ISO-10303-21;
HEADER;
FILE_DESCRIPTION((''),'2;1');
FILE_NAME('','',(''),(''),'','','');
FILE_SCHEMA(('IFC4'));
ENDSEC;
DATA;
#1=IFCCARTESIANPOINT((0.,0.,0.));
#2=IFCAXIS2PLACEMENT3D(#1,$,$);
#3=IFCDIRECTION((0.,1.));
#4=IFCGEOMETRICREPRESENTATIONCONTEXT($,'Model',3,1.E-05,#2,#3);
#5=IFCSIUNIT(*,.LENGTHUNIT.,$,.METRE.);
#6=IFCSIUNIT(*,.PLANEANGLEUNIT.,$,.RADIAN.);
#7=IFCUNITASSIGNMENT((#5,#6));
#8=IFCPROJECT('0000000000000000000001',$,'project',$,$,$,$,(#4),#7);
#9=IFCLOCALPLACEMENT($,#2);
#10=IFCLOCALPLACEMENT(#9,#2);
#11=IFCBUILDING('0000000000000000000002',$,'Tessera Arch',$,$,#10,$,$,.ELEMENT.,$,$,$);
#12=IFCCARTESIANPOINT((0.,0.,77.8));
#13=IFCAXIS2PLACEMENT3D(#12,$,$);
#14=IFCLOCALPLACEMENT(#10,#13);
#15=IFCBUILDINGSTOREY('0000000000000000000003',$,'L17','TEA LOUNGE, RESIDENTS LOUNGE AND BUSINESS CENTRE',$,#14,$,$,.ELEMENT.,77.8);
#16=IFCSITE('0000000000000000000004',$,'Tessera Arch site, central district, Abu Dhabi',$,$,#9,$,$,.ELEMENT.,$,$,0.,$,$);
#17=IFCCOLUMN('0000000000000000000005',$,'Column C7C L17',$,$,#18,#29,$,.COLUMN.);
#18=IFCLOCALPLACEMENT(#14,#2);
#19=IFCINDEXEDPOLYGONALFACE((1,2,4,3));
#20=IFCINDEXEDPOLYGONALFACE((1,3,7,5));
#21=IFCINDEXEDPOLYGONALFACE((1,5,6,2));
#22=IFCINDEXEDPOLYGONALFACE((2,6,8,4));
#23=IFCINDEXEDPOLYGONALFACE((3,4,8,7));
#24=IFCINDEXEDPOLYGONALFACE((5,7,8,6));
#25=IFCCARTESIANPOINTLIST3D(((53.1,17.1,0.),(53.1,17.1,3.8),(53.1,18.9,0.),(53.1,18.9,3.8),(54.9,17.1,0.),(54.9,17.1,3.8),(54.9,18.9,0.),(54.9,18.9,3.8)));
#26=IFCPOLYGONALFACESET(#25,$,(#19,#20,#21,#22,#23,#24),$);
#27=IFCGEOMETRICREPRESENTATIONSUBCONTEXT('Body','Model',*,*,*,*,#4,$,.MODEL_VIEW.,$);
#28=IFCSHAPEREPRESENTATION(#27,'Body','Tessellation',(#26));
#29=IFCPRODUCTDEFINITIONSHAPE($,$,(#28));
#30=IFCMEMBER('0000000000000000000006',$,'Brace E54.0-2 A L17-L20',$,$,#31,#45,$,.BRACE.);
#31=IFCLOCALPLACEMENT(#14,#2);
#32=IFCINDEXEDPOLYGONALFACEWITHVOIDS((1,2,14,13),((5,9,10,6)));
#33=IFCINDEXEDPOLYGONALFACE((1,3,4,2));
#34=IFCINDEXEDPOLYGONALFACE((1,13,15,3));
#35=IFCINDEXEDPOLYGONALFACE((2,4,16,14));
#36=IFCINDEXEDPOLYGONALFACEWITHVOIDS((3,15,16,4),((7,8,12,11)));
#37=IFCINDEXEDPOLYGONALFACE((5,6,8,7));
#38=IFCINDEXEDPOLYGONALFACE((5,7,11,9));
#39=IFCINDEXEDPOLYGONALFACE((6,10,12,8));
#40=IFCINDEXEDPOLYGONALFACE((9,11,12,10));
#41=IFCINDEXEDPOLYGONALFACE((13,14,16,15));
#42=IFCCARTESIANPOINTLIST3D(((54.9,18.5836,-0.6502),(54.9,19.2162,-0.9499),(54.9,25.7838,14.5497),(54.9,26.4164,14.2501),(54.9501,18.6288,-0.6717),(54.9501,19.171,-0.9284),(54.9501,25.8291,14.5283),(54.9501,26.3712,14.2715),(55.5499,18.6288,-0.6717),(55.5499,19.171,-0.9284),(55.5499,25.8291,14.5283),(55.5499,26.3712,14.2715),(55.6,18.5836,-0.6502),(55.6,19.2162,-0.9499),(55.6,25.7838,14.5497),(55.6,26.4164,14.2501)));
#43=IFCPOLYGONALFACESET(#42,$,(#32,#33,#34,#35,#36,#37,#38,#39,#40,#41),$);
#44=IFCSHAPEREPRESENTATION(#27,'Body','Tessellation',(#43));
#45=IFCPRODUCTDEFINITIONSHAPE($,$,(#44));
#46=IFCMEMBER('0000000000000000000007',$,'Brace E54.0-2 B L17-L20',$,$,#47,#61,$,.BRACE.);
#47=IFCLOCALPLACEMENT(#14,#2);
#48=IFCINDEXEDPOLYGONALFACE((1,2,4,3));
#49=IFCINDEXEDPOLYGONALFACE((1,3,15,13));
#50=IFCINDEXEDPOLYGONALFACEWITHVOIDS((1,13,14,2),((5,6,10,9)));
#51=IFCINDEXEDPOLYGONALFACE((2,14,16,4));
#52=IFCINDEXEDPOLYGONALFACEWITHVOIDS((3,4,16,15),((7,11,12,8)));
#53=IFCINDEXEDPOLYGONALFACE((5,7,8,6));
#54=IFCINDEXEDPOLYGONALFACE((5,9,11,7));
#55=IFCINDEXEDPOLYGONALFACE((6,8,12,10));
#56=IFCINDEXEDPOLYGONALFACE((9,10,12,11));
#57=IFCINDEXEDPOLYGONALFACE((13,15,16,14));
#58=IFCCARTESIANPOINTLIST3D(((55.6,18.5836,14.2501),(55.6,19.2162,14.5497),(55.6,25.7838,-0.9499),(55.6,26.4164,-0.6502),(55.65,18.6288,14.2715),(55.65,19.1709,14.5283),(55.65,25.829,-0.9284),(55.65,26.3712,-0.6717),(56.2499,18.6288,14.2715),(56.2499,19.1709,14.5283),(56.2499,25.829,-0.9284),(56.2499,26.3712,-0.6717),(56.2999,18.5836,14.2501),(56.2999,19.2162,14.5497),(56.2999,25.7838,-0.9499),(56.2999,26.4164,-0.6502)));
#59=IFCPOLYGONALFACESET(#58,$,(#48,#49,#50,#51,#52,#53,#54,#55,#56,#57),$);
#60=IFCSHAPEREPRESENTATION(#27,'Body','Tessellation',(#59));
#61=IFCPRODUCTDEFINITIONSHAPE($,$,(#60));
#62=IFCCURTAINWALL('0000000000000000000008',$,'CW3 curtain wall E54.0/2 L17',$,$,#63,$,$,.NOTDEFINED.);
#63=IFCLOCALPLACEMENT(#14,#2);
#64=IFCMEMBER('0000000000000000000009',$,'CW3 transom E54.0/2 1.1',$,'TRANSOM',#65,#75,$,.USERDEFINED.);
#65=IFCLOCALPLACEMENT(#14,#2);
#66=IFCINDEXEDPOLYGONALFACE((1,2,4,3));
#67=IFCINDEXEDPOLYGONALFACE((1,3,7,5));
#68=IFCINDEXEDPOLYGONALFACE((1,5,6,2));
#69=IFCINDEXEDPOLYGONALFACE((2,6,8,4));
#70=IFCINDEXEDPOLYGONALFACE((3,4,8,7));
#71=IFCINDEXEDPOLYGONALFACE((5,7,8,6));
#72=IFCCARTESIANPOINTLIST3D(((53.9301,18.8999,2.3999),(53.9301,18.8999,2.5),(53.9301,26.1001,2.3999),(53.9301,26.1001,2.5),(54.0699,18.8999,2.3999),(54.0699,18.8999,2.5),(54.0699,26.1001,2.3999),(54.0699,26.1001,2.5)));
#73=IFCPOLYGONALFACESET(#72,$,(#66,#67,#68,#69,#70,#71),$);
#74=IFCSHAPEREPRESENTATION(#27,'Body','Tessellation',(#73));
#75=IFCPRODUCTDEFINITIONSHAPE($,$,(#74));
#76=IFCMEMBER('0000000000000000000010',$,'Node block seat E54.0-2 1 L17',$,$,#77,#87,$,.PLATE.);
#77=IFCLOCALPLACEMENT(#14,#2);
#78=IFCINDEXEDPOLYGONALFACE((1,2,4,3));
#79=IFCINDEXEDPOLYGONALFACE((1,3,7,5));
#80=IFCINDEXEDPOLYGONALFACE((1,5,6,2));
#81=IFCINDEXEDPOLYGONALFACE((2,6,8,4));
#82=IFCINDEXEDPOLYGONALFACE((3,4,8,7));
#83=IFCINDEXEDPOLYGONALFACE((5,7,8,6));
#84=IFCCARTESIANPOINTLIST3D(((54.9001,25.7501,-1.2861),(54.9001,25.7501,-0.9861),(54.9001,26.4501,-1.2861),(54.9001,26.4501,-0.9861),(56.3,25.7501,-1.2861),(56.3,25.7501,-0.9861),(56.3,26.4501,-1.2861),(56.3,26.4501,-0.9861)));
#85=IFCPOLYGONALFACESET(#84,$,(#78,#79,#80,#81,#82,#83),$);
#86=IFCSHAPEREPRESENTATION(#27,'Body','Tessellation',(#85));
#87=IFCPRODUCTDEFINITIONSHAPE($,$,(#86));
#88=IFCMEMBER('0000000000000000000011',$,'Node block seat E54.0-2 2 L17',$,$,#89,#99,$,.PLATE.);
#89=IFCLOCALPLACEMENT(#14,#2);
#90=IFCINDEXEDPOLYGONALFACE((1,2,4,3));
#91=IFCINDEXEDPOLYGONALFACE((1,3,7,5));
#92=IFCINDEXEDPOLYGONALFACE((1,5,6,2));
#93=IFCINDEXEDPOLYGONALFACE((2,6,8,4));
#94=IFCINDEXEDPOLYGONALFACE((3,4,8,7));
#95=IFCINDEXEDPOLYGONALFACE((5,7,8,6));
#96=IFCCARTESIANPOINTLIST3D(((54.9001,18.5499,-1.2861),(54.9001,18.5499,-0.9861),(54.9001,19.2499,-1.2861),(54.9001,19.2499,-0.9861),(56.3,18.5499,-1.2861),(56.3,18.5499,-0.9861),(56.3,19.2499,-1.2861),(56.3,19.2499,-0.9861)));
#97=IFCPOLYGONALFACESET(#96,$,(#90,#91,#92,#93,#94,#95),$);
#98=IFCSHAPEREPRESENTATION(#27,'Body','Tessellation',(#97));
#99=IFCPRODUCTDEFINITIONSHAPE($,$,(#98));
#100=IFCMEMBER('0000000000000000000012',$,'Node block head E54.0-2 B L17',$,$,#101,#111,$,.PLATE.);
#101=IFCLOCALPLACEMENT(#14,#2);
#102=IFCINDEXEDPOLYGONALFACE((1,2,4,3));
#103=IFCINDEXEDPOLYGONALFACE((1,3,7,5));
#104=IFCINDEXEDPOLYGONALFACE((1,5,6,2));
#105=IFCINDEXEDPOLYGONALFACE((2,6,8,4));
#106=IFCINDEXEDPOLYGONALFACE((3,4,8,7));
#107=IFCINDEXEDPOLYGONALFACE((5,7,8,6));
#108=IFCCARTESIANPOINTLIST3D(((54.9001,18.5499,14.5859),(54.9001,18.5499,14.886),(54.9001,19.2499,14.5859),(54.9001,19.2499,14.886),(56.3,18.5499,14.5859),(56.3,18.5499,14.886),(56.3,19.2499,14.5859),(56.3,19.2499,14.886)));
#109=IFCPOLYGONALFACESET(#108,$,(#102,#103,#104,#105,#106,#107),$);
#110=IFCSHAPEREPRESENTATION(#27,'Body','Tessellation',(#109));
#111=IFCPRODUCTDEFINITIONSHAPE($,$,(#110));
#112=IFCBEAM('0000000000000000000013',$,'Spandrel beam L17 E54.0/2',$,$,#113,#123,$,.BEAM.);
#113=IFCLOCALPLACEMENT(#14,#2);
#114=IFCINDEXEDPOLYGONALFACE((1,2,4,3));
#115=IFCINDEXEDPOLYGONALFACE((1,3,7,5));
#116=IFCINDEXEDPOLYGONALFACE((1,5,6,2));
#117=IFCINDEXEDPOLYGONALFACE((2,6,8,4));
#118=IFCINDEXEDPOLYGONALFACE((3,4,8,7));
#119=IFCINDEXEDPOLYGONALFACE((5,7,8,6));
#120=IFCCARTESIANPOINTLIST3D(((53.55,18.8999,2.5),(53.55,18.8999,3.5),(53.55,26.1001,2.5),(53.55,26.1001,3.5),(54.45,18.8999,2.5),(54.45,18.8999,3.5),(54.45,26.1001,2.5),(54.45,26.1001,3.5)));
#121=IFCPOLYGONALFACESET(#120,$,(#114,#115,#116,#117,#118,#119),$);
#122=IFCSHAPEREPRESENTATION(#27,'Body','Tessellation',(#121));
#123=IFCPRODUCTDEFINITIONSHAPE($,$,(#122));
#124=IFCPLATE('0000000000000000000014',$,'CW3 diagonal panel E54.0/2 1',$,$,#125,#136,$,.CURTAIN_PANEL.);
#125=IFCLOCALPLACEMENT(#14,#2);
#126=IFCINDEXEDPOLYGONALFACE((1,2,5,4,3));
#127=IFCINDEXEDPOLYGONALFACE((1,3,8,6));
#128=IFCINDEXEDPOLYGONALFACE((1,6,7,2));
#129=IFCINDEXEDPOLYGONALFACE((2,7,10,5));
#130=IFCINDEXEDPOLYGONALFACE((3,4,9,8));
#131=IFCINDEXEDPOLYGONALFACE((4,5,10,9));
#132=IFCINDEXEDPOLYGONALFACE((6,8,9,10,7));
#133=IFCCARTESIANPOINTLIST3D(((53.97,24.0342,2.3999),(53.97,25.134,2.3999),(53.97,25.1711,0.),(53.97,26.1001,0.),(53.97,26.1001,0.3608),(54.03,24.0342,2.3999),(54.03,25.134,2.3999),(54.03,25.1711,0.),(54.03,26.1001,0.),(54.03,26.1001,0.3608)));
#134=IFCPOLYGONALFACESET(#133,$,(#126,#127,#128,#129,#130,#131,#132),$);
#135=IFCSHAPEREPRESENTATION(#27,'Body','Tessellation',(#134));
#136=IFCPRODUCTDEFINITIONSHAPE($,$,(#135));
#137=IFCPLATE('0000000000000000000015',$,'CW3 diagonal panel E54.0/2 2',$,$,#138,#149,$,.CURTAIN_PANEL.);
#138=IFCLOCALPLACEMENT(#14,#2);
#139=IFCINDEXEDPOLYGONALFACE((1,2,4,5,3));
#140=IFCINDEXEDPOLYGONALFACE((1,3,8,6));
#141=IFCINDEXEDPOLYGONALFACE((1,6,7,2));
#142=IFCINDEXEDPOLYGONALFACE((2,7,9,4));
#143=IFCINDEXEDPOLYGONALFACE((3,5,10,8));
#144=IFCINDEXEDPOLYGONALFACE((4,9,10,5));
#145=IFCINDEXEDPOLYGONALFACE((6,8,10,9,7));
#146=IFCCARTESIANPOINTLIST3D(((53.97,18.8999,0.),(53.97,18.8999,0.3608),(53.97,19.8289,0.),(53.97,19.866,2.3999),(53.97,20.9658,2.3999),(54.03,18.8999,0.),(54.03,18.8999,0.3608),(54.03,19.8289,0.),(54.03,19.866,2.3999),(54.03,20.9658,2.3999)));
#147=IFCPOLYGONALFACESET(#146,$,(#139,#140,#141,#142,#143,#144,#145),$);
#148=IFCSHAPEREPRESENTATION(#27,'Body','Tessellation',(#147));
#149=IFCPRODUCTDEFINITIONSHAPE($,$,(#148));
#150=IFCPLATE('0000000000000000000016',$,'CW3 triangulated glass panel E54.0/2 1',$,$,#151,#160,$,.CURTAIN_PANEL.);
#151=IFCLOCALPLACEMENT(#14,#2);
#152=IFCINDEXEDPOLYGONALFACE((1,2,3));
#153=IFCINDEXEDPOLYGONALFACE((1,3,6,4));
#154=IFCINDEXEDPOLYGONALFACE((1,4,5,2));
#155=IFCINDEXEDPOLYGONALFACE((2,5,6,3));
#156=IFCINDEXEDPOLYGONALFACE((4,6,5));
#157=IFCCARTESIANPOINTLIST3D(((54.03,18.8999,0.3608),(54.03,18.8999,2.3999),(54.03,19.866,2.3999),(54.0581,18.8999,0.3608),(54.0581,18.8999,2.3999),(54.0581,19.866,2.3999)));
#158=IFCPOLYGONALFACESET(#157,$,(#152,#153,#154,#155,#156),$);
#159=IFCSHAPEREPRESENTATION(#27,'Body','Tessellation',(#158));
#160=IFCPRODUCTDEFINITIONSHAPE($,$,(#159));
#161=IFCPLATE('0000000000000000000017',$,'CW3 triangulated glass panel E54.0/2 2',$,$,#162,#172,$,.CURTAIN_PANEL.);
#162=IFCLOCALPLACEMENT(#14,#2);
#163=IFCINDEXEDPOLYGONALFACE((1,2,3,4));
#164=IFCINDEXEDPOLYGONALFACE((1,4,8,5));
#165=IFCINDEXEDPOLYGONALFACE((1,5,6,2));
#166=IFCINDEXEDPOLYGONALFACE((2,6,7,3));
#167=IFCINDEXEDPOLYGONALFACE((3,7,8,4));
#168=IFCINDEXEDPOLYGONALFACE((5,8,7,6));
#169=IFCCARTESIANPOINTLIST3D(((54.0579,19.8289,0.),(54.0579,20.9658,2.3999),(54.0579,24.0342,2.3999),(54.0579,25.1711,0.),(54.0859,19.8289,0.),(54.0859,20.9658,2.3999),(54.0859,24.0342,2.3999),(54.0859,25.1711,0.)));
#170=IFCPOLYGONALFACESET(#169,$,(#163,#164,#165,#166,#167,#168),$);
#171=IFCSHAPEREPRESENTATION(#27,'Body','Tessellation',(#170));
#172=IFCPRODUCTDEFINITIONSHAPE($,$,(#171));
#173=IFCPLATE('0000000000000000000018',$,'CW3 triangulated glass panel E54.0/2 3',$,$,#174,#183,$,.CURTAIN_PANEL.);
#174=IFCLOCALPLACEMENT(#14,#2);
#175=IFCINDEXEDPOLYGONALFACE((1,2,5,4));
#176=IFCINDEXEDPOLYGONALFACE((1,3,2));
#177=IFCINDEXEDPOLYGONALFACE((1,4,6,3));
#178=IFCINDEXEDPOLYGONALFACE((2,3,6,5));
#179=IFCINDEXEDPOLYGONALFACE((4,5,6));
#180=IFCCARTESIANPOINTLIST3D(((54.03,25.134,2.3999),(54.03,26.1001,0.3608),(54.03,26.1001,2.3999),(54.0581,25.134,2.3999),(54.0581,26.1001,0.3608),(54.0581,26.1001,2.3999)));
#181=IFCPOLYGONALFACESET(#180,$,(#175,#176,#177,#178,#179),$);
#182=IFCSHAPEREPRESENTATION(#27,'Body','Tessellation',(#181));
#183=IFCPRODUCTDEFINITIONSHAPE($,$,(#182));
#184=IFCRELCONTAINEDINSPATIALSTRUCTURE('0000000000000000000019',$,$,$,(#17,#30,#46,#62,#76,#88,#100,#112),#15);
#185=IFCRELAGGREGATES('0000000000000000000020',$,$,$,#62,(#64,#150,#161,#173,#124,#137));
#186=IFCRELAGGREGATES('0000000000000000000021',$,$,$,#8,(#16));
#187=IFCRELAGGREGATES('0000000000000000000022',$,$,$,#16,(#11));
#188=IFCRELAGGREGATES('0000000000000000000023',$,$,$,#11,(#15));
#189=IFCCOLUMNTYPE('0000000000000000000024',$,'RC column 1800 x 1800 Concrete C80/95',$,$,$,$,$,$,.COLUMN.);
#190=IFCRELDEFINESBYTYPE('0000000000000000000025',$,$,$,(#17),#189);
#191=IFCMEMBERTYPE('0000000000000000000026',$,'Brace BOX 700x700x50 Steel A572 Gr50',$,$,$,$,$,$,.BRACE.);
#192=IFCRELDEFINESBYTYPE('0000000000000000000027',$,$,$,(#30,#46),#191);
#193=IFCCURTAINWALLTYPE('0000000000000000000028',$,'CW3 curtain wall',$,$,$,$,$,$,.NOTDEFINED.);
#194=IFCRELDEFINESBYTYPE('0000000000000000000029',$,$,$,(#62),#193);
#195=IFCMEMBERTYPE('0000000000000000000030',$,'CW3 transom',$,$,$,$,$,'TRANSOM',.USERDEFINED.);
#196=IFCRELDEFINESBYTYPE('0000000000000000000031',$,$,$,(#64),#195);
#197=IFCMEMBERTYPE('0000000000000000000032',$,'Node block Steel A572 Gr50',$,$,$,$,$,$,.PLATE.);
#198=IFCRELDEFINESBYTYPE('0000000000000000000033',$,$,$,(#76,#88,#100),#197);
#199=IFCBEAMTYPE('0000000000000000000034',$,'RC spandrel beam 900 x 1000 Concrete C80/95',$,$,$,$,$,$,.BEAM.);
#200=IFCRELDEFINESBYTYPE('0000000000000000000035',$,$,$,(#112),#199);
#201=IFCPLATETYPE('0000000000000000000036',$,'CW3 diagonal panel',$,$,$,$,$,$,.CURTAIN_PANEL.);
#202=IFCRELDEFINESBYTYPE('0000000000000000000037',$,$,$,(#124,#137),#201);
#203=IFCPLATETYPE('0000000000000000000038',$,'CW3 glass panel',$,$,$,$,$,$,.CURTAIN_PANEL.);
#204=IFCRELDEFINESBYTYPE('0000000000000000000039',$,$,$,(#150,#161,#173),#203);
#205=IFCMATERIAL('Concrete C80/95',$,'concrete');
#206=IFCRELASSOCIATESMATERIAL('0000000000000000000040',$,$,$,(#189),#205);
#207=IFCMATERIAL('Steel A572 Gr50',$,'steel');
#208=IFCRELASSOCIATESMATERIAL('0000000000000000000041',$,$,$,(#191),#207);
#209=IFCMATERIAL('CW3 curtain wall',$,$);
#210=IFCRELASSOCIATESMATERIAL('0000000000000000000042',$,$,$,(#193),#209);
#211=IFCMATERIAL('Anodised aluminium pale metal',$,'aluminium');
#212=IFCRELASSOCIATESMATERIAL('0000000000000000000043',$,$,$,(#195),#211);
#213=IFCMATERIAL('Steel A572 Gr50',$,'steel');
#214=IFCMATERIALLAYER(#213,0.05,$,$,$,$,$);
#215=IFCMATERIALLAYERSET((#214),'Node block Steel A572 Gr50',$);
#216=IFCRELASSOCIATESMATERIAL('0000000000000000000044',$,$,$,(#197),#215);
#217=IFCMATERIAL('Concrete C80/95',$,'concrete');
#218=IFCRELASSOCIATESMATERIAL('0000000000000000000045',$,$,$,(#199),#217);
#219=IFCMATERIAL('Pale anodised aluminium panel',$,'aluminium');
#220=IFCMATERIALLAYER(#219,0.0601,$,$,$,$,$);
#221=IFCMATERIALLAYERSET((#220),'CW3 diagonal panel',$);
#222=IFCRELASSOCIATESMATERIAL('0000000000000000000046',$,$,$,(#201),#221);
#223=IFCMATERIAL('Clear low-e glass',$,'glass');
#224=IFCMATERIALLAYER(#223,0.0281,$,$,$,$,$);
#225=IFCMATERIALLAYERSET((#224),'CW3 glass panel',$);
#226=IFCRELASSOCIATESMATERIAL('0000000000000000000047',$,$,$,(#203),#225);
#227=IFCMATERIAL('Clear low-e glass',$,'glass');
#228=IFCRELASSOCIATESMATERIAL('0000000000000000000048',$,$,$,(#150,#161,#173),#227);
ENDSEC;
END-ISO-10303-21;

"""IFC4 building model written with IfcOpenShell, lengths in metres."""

from ifc_helpers import new_model, si_unit, direction, frame, origin, origin_2d, place, context, subcontext, project, spatial, polyline, rectangle, hollow_rectangle, outline, extrude, material, layer, layer_set, material_profile, profile_set, type_object, element, aggregate, save


model = new_model("IFC4")

# Units and contexts
model_context = context("Model", 3, precision=1e-05, world=origin(), true_north=direction((0.0, 1.0)))
body_context = subcontext(model_context, "Body", "Model", "MODEL_VIEW")
ifc_project = project(units=[si_unit("LENGTHUNIT", "METRE"), si_unit("PLANEANGLEUNIT", "RADIAN")], contexts=[model_context])

# Site, building, storey
site_placement = place(None, origin())
site = spatial("IfcSite", under=ifc_project, at=site_placement, Name="Tessera Arch site, central district, Abu Dhabi", CompositionType="ELEMENT", RefElevation=0.0)
building_placement = place(site_placement, origin())
building = spatial("IfcBuilding", under=site, at=building_placement, Name="Tessera Arch", CompositionType="ELEMENT")
storey_placement = place(building_placement, frame((0.0, 0.0, 77.8)))
storey = spatial("IfcBuildingStorey", under=building, at=storey_placement, Name="L17", Description="TEA LOUNGE, RESIDENTS LOUNGE AND BUSINESS CENTRE", CompositionType="ELEMENT", Elevation=77.8)

# Column
ifc_material_1 = material(Name="Concrete C80/95", Category="concrete")
ifc_material_profile_1 = material_profile(ifc_material_1, rectangle(XDim=1.8, YDim=1.8, at=origin_2d()), Name="RC column 1800 x 1800 Concrete C80/95")
ifc_profile_set_1 = profile_set([ifc_material_profile_1], Name="Concrete C80/95")
column_type = type_object("IfcColumnType", Name="RC column 1800 x 1800 Concrete C80/95", PredefinedType="COLUMN", material=ifc_profile_set_1)
column_placement = place(storey_placement, frame((54.0, 18.0, 0.0), z_axis=(0.0, 0.0, 1.0), x_axis=(1.0, 0.0, 0.0)))
element("IfcColumn", 1, at=column_placement, inside=storey, type_object=column_type, Name="Column C7C L17", PredefinedType="COLUMN", context=body_context, shape_type="SweptSolid", body=[
    extrude(rectangle(XDim=1.8, YDim=1.8, at=origin_2d()), origin(), (0.0, 0.0, 1.0), 3.8),
])

# Members
ifc_material_2 = material(Name="Steel A572 Gr50", Category="steel")
ifc_material_profile_2 = material_profile(ifc_material_2, hollow_rectangle(XDim=0.7, YDim=0.7, WallThickness=0.05, at=origin_2d()), Name="BOX 700x700x50")
ifc_profile_set_2 = profile_set([ifc_material_profile_2], Name="Steel A572 Gr50")
member_type_1 = type_object("IfcMemberType", Name="Brace BOX 700x700x50 Steel A572 Gr50", PredefinedType="BRACE", material=ifc_profile_set_2)
for number, where, z_axis, x_axis, name in (
    (2, (55.25, 18.8999, -0.8), (0.0, 0.428097, 0.903733), (-1.0, 0.0, 0.0), "Brace E54.0-2 A L17-L20"),
    (3, (55.95, 26.1001, -0.8), (0.0, -0.428097, 0.903733), (1.0, 0.0, 0.0), "Brace E54.0-2 B L17-L20"),
):
    element("IfcMember", number, at=place(storey_placement, frame(where, z_axis=z_axis, x_axis=x_axis)), inside=storey, type_object=member_type_1, Name=name, PredefinedType="BRACE", context=body_context, shape_type="SweptSolid", body=[
        extrude(hollow_rectangle(XDim=0.7, YDim=0.7, WallThickness=0.05, at=origin_2d()), origin(), (0.0, 0.0, 1.0), 16.8191),
    ])

# Curtain wall, member
ifc_material_3 = material(Name="CW3 curtain wall")
curtain_wall_type = type_object("IfcCurtainWallType", Name="CW3 curtain wall", PredefinedType="NOTDEFINED", material=ifc_material_3)
curtain_wall_placement = place(storey_placement, origin())
curtain_wall = element("IfcCurtainWall", 4, at=curtain_wall_placement, inside=storey, type_object=curtain_wall_type, Name="CW3 curtain wall E54.0/2 L17", PredefinedType="NOTDEFINED")
ifc_material_4 = material(Name="Anodised aluminium pale metal", Category="aluminium")
ifc_material_profile_3 = material_profile(ifc_material_4, rectangle(XDim=0.1399, YDim=0.1001, at=origin_2d()), Name="AL 140x100")
ifc_profile_set_3 = profile_set([ifc_material_profile_3], Name="Anodised aluminium pale metal")
member_type_2 = type_object("IfcMemberType", Name="CW3 transom", ElementType="TRANSOM", PredefinedType="USERDEFINED", material=ifc_profile_set_3)
member_placement = place(storey_placement, frame((54.0, 18.8999, 2.45), z_axis=(0.0, 1.0, 0.0), x_axis=(-1.0, 0.0, 0.0)))
member = element("IfcMember", 5, at=member_placement, type_object=member_type_2, Name="CW3 transom E54.0/2 1.1", ObjectType="TRANSOM", PredefinedType="USERDEFINED", context=body_context, shape_type="SweptSolid", body=[
    extrude(rectangle(XDim=0.1399, YDim=0.1001, at=origin_2d()), origin(), (0.0, 0.0, 1.0), 7.2002),
])

# Members
ifc_material_5 = material(Name="Steel A572 Gr50", Category="steel")
ifc_layer_1 = layer(ifc_material_5, 0.05)
ifc_layer_set_1 = layer_set([ifc_layer_1], Name="Node block Steel A572 Gr50")
member_type_3 = type_object("IfcMemberType", Name="Node block Steel A572 Gr50", PredefinedType="PLATE", material=ifc_layer_set_1)
for number, where, z_axis, x_axis, name in (
    (6, (55.6001, 26.1001, -1.2861), (0.0, 0.0, 1.0), (0.0, 1.0, 0.0), "Node block seat E54.0-2 1 L17"),
    (7, (55.6001, 18.8999, -1.2861), (0.0, 0.0, 1.0), (0.0, 1.0, 0.0), "Node block seat E54.0-2 2 L17"),
    (8, (55.6001, 18.8999, 14.5859), (0.0, 0.0, 1.0), (0.0, 1.0, 0.0), "Node block head E54.0-2 B L17"),
):
    element("IfcMember", number, at=place(storey_placement, frame(where, z_axis=z_axis, x_axis=x_axis)), inside=storey, type_object=member_type_3, Name=name, PredefinedType="PLATE", context=body_context, shape_type="SweptSolid", body=[
        extrude(rectangle(XDim=0.7, YDim=1.3999, at=origin_2d()), origin(), (0.0, 0.0, 1.0), 0.3),
    ])

# Beam
ifc_material_6 = material(Name="Concrete C80/95", Category="concrete")
ifc_material_profile_4 = material_profile(ifc_material_6, rectangle(XDim=0.8999, YDim=1.0, at=origin_2d()), Name="RC spandrel beam 900 x 1000 Concrete C80/95")
ifc_profile_set_4 = profile_set([ifc_material_profile_4], Name="Concrete C80/95")
beam_type = type_object("IfcBeamType", Name="RC spandrel beam 900 x 1000 Concrete C80/95", PredefinedType="BEAM", material=ifc_profile_set_4)
beam_placement = place(storey_placement, frame((54.0, 18.8999, 3.0), z_axis=(0.0, 1.0, 0.0), x_axis=(-1.0, 0.0, 0.0)))
element("IfcBeam", 9, at=beam_placement, inside=storey, type_object=beam_type, Name="Spandrel beam L17 E54.0/2", PredefinedType="BEAM", context=body_context, shape_type="SweptSolid", body=[
    extrude(rectangle(XDim=0.8999, YDim=1.0, at=origin_2d()), origin(), (0.0, 0.0, 1.0), 7.2002),
])

# Plates
ifc_material_7 = material(Name="Pale anodised aluminium panel", Category="aluminium")
ifc_layer_2 = layer(ifc_material_7, 0.0601)
ifc_layer_set_2 = layer_set([ifc_layer_2], Name="CW3 diagonal panel")
plate_type_1 = type_object("IfcPlateType", Name="CW3 diagonal panel", PredefinedType="CURTAIN_PANEL", material=ifc_layer_set_2)
plate_1_placement = place(storey_placement, frame((54.03, 26.1001, 0.0), z_axis=(1.0, 0.0, 0.0), x_axis=(0.0, 0.0, 1.0)))
plate_1 = element("IfcPlate", 10, at=plate_1_placement, type_object=plate_type_1, Name="CW3 diagonal panel E54.0/2 1", PredefinedType="CURTAIN_PANEL", context=body_context, shape_type="SweptSolid", body=[
    extrude(outline(polyline([(0.0, 0.0), (0.3608, 0.0), (2.3999, 0.9661), (2.3999, 2.0659), (0.0, 0.929), (0.0, 0.0)])), origin(), (0.0, 0.0, -1.0), 0.0601),
])
plate_2_placement = place(storey_placement, frame((54.03, 20.9658, 2.3999), z_axis=(1.0, 0.0, 0.0), x_axis=(0.0, -1.0, 0.0)))
plate_2 = element("IfcPlate", 11, at=plate_2_placement, type_object=plate_type_1, Name="CW3 diagonal panel E54.0/2 2", PredefinedType="CURTAIN_PANEL", context=body_context, shape_type="SweptSolid", body=[
    extrude(outline(polyline([(0.0, 0.0), (1.0999, 0.0), (2.0659, 2.0391), (2.0659, 2.3999), (1.137, 2.3999), (0.0, 0.0)])), origin(), (0.0, 0.0, -1.0), 0.0601),
])
ifc_material_8 = material(Name="Clear low-e glass", Category="glass")
ifc_material_9 = material(Name="Clear low-e glass", Category="glass")
ifc_layer_3 = layer(ifc_material_9, 0.0281)
ifc_layer_set_3 = layer_set([ifc_layer_3], Name="CW3 glass panel")
plate_type_2 = type_object("IfcPlateType", Name="CW3 glass panel", PredefinedType="CURTAIN_PANEL", material=ifc_layer_set_3)
plate_3_placement = place(storey_placement, frame((54.0581, 18.8999, 2.3999), z_axis=(1.0, 0.0, 0.0), x_axis=(0.0, 0.0, -1.0)))
plate_3 = element("IfcPlate", 12, at=plate_3_placement, type_object=plate_type_2, material=ifc_material_8, Name="CW3 triangulated glass panel E54.0/2 1", PredefinedType="CURTAIN_PANEL", context=body_context, shape_type="SweptSolid", body=[
    extrude(outline(polyline([(0.0, 0.0), (2.0391, 0.0), (0.0, 0.9661), (0.0, 0.0)])), origin(), (0.0, 0.0, -1.0), 0.0281),
])
plate_4_placement = place(storey_placement, frame((54.0859, 24.0342, 2.3999), z_axis=(1.0, 0.0, 0.0), x_axis=(0.0, -1.0, 0.0)))
plate_4 = element("IfcPlate", 13, at=plate_4_placement, type_object=plate_type_2, material=ifc_material_8, Name="CW3 triangulated glass panel E54.0/2 2", PredefinedType="CURTAIN_PANEL", context=body_context, shape_type="SweptSolid", body=[
    extrude(outline(polyline([(0.0, 0.0), (3.0684, 0.0), (4.2053, 2.3999), (-1.137, 2.3999), (0.0, 0.0)])), origin(), (0.0, 0.0, -1.0), 0.0281),
])
plate_5_placement = place(storey_placement, frame((54.0581, 26.1001, 2.3999), z_axis=(1.0, 0.0, 0.0), x_axis=(0.0, -1.0, 0.0)))
plate_5 = element("IfcPlate", 14, at=plate_5_placement, type_object=plate_type_2, material=ifc_material_8, Name="CW3 triangulated glass panel E54.0/2 3", PredefinedType="CURTAIN_PANEL", context=body_context, shape_type="SweptSolid", body=[
    extrude(outline(polyline([(0.0, 0.0), (0.9661, 0.0), (0.0, 2.0391), (0.0, 0.0)])), origin(), (0.0, 0.0, -1.0), 0.0281),
])
aggregate(curtain_wall, [member, plate_3, plate_4, plate_5, plate_1, plate_2])

save(model, "model.ifc")
